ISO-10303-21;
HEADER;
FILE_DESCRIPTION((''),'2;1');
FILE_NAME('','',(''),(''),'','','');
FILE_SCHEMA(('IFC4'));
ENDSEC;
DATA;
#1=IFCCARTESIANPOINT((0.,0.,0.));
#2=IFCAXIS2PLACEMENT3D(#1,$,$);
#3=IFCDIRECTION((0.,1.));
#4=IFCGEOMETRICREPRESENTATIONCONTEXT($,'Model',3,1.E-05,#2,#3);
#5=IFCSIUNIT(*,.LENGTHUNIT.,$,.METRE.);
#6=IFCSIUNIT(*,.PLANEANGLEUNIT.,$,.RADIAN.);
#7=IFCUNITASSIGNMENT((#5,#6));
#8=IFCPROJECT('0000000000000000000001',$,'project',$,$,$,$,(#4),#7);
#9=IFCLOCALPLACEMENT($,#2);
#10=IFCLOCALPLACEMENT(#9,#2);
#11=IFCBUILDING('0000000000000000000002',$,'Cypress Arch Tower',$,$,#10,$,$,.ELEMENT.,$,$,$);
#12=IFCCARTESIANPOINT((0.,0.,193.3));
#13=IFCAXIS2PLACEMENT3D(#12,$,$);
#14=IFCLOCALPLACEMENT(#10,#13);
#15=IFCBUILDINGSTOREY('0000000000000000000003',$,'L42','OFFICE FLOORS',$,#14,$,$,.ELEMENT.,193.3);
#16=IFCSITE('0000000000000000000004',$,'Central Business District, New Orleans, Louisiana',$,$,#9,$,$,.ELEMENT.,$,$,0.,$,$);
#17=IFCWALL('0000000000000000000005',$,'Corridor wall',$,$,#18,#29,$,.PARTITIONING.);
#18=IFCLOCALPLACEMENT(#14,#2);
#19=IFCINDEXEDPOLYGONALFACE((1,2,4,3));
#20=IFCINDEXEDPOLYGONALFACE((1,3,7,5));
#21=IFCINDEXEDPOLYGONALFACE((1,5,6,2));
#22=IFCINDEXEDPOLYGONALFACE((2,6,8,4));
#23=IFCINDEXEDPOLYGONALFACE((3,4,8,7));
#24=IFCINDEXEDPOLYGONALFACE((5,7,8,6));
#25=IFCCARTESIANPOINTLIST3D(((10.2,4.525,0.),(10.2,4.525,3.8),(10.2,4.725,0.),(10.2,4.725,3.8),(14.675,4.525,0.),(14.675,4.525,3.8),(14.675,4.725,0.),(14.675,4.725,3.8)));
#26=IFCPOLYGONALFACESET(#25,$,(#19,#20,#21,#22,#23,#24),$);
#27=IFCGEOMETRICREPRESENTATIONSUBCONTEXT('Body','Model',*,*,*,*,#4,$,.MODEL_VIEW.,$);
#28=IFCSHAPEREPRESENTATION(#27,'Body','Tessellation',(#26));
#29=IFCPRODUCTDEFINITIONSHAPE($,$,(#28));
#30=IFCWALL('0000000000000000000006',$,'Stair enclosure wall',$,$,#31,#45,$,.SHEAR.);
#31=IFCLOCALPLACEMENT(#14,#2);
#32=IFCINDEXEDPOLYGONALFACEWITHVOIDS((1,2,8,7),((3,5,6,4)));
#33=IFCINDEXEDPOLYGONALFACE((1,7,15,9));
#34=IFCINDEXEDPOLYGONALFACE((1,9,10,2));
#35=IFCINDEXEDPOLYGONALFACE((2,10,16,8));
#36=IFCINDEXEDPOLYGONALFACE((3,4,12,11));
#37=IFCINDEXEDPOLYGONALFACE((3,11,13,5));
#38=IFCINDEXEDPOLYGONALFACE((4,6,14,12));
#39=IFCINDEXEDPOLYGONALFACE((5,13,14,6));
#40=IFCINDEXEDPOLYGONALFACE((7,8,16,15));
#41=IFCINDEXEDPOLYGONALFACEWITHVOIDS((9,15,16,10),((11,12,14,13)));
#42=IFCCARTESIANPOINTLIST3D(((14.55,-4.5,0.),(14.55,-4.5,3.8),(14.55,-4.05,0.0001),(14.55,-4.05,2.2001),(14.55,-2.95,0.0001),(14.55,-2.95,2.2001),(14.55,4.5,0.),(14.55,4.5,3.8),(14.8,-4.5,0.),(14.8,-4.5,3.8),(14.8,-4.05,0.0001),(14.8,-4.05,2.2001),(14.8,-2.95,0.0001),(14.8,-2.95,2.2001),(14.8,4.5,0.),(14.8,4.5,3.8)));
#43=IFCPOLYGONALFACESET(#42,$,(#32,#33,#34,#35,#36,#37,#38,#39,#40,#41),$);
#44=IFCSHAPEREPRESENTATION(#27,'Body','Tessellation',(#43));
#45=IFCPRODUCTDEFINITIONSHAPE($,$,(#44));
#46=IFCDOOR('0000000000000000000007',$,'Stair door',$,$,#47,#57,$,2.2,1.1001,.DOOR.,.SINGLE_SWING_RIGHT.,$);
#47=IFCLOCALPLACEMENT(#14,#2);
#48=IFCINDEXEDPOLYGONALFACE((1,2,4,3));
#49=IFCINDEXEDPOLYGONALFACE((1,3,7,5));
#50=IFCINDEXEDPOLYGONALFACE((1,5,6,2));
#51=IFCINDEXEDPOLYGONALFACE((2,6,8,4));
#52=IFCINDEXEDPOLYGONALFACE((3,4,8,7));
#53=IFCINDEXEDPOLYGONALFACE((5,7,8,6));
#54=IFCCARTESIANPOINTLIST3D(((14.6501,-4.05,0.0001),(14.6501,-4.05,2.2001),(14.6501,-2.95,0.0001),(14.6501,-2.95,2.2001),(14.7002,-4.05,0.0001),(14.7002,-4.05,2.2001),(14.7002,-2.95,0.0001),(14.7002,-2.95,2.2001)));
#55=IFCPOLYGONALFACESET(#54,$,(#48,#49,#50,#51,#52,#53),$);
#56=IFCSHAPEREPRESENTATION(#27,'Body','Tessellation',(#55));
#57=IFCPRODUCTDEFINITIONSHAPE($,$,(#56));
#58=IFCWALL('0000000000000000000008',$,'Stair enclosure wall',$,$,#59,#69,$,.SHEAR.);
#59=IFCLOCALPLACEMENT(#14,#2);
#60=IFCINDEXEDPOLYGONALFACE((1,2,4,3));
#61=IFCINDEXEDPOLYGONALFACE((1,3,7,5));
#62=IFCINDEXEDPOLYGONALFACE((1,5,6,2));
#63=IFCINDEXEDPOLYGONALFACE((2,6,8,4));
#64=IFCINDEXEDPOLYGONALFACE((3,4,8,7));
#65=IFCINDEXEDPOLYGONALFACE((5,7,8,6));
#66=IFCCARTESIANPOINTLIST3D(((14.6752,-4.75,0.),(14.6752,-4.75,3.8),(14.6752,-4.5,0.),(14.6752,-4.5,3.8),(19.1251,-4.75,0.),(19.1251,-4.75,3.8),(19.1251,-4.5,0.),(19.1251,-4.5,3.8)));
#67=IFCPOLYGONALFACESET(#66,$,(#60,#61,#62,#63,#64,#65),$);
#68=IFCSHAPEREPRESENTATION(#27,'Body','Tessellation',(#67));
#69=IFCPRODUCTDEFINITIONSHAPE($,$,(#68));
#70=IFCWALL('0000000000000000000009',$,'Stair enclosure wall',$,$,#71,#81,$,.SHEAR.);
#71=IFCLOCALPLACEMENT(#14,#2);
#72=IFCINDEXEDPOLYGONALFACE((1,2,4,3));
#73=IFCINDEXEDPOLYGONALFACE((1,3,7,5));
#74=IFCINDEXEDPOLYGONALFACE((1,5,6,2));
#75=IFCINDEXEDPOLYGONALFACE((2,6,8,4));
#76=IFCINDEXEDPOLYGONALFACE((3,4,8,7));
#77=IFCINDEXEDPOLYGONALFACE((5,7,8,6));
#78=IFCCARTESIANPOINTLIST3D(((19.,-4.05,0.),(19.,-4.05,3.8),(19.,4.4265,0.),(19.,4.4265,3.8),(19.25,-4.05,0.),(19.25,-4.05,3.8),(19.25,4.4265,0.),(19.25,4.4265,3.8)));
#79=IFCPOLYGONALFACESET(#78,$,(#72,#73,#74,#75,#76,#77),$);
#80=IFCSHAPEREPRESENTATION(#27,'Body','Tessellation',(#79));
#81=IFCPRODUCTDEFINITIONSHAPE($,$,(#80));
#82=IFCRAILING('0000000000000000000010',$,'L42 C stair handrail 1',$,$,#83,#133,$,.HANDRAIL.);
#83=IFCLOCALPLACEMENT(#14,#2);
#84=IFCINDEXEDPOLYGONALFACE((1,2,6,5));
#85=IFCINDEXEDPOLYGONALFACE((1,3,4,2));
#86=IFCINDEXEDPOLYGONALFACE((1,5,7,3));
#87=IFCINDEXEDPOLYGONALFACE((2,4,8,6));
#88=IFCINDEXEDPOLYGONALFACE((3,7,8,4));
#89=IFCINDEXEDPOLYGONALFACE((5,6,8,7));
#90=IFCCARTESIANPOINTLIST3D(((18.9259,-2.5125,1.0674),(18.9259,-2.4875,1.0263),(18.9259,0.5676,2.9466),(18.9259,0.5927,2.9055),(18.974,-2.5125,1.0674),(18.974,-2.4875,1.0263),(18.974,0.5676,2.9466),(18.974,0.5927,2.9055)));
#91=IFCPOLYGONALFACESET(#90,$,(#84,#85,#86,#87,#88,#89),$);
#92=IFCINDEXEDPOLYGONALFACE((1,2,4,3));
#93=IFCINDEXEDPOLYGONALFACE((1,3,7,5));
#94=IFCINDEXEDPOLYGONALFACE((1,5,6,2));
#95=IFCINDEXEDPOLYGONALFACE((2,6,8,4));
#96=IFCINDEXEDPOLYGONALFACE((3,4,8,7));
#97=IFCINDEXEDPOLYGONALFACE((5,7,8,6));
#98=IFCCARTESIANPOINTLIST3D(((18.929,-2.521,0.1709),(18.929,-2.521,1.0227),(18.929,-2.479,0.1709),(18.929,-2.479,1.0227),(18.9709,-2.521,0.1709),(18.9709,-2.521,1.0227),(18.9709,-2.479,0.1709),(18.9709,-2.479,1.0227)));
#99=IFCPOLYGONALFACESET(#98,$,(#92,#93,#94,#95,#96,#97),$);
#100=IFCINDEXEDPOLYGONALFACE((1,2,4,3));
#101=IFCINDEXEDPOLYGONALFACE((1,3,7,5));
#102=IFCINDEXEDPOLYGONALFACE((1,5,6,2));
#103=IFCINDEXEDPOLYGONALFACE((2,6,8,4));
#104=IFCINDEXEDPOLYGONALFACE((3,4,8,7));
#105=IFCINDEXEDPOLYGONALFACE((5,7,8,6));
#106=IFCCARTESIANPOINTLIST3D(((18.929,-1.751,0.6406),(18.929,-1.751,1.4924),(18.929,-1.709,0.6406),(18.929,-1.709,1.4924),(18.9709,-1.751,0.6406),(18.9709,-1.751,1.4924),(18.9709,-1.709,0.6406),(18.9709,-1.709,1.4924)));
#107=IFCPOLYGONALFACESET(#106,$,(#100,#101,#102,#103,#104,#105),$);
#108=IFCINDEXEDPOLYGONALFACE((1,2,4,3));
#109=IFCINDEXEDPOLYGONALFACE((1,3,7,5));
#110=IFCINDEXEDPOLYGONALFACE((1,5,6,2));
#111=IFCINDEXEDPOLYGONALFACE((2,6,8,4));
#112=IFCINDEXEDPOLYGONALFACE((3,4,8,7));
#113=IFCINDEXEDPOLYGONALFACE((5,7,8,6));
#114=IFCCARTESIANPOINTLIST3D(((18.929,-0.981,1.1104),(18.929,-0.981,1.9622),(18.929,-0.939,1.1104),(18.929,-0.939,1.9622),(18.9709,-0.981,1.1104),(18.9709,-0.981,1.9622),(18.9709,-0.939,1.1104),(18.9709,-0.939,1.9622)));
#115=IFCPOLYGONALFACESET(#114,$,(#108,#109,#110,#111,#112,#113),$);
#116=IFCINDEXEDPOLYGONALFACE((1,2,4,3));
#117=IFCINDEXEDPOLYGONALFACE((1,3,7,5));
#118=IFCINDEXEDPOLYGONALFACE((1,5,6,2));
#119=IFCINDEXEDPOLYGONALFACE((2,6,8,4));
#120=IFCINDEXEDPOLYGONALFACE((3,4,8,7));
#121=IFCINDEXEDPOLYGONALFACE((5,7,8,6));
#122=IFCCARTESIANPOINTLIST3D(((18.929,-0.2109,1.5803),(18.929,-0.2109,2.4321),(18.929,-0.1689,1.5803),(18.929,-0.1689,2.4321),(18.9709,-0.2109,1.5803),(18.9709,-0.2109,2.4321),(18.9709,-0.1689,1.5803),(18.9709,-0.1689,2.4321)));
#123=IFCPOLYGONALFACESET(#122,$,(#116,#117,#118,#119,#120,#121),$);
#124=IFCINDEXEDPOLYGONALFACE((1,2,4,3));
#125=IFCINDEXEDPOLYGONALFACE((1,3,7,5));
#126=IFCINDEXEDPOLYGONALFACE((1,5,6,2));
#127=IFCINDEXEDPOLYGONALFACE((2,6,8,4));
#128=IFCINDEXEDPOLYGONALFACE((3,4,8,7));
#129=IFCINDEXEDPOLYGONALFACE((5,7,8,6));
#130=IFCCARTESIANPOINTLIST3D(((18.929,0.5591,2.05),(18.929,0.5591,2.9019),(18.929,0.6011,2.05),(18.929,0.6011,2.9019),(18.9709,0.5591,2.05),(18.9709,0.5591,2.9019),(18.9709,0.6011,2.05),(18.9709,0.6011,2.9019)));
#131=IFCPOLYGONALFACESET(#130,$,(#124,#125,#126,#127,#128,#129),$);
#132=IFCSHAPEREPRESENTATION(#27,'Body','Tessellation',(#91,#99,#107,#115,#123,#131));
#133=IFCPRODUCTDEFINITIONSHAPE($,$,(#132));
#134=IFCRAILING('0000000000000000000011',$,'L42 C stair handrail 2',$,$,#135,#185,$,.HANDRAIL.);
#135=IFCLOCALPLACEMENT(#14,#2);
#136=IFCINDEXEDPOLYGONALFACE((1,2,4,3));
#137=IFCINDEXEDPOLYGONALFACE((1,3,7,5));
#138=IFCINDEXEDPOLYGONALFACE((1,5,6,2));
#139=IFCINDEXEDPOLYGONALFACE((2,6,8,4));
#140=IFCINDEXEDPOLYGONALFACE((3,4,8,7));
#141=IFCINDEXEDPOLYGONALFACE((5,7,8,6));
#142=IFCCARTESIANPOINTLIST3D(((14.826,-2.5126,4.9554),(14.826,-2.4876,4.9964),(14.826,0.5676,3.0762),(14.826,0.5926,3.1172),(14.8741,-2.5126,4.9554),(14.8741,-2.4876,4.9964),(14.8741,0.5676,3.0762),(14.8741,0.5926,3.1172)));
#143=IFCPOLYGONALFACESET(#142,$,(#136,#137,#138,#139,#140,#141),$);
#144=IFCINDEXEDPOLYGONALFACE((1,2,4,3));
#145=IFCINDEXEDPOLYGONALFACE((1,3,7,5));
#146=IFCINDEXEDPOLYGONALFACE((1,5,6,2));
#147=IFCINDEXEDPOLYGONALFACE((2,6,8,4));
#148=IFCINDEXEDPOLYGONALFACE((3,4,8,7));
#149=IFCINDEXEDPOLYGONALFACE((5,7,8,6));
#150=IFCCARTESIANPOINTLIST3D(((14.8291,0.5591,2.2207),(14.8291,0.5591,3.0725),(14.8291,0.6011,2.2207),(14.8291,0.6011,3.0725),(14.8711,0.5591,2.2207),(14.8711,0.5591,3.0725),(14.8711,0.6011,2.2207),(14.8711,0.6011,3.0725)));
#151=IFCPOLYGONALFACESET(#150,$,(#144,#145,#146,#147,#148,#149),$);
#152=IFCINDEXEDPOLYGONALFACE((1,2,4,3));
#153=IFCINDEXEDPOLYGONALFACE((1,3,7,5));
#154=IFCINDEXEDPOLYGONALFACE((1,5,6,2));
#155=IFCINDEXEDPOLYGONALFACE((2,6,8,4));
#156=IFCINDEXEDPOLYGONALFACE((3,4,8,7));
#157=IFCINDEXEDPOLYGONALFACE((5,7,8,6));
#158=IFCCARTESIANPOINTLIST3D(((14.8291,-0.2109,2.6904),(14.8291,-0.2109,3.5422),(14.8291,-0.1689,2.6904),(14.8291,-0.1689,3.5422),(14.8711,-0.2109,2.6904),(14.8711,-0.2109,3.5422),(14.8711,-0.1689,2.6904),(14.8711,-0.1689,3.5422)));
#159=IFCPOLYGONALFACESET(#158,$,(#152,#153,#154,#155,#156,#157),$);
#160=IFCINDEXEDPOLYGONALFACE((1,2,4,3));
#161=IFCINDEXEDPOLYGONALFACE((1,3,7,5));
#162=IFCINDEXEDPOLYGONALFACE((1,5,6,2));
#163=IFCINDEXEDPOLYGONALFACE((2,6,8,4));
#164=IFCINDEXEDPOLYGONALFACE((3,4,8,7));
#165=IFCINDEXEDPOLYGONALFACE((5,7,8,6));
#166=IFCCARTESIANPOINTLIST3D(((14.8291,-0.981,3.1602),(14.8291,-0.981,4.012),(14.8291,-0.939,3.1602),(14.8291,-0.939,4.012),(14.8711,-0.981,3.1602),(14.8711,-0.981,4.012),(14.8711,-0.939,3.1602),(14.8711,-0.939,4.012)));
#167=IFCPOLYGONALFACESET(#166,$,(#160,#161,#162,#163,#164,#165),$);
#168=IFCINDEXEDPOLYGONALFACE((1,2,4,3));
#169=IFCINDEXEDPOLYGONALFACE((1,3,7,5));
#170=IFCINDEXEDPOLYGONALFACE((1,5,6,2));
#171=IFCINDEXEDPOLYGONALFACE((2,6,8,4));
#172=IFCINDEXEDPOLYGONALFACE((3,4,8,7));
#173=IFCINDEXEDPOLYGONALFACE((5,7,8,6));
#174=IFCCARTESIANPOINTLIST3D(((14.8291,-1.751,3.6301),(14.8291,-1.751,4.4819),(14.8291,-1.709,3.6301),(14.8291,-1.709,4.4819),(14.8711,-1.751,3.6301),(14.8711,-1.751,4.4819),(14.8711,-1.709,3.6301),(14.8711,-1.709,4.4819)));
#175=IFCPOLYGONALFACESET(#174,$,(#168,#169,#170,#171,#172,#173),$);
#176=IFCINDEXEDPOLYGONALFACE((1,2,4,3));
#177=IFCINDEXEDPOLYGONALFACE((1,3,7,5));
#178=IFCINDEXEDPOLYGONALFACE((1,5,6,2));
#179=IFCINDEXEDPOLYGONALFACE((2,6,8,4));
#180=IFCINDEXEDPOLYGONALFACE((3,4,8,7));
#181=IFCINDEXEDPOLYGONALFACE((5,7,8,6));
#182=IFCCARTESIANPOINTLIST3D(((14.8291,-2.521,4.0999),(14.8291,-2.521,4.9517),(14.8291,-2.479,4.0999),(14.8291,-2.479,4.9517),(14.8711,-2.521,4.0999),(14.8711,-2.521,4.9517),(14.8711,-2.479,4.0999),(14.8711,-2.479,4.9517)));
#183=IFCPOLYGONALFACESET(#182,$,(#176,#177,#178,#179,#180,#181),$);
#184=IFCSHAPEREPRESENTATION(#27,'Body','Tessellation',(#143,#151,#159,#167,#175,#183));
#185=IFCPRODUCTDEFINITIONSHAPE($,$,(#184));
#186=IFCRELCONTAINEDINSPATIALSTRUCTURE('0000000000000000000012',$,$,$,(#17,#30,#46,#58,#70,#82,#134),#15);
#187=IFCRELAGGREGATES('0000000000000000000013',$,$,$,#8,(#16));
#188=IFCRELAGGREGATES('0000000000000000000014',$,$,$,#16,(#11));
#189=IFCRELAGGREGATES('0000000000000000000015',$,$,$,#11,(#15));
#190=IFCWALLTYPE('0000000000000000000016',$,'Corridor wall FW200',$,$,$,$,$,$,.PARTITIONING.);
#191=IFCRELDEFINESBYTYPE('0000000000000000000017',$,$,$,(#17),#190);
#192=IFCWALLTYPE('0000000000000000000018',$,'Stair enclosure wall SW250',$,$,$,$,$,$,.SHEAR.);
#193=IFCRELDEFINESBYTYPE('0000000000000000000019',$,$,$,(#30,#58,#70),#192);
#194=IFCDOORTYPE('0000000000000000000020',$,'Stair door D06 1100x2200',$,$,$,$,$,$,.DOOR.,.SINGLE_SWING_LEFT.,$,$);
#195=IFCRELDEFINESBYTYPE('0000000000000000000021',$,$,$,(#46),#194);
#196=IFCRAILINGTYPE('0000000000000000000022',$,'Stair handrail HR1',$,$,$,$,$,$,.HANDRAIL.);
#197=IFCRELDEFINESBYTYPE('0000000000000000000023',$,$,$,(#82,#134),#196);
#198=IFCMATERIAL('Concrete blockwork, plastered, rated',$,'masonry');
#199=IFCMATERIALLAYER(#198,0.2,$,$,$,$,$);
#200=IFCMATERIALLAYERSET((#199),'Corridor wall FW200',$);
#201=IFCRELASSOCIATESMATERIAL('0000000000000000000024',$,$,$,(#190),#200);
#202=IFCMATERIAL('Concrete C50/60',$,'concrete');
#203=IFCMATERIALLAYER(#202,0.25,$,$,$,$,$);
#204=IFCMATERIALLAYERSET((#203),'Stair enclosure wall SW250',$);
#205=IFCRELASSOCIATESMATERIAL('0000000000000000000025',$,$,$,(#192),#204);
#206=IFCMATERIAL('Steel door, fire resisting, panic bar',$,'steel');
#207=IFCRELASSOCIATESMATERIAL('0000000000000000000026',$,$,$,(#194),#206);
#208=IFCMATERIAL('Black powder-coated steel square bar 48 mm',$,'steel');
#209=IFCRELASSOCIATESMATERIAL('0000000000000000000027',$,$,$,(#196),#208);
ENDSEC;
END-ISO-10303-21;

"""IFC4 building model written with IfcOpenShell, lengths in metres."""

from ifc_helpers import new_model, si_unit, direction, frame, frame_2d, origin, origin_2d, place, context, subcontext, project, spatial, rectangle, extrude, material, layer, layer_set, type_object, element, fill, save


model = new_model("IFC4")

# Units and contexts
model_context = context("Model", 3, precision=1e-05, world=origin(), true_north=direction((0.0, 1.0)))
body_context = subcontext(model_context, "Body", "Model", "MODEL_VIEW")
ifc_project = project(units=[si_unit("LENGTHUNIT", "METRE"), si_unit("PLANEANGLEUNIT", "RADIAN")], contexts=[model_context])

# Site, building, storey
site_placement = place(None, origin())
site = spatial("IfcSite", under=ifc_project, at=site_placement, Name="Central Business District, New Orleans, Louisiana", CompositionType="ELEMENT", RefElevation=0.0)
building_placement = place(site_placement, origin())
building = spatial("IfcBuilding", under=site, at=building_placement, Name="Cypress Arch Tower", CompositionType="ELEMENT")
storey_placement = place(building_placement, frame((0.0, 0.0, 193.3)))
storey = spatial("IfcBuildingStorey", under=building, at=storey_placement, Name="L42", Description="OFFICE FLOORS", CompositionType="ELEMENT", Elevation=193.3)

# Wall
ifc_material_1 = material(Name="Concrete blockwork, plastered, rated", Category="masonry")
ifc_layer_1 = layer(ifc_material_1, 0.2)
ifc_layer_set_1 = layer_set([ifc_layer_1], Name="Corridor wall FW200")
wall_type_1 = type_object("IfcWallType", Name="Corridor wall FW200", PredefinedType="PARTITIONING", material=ifc_layer_set_1)
for number, where, z_axis, x_axis, name in (
    (1, (10.2, 4.625, 0.0), (0.0, 0.0, 1.0), (1.0, 0.0, 0.0), "Corridor wall"),
):
    element("IfcWall", number, at=place(storey_placement, frame(where, z_axis=z_axis, x_axis=x_axis)), inside=storey, type_object=wall_type_1, Name=name, PredefinedType="PARTITIONING", context=body_context, shape_type="SweptSolid", body=[
        extrude(rectangle(XDim=4.4751, YDim=0.2, at=frame_2d((2.2375, 0.0))), origin(), (0.0, 0.0, 1.0), 3.8),
    ])

# Wall, opening, door
ifc_material_2 = material(Name="Concrete C50/60", Category="concrete")
ifc_layer_2 = layer(ifc_material_2, 0.25)
ifc_layer_set_2 = layer_set([ifc_layer_2], Name="Stair enclosure wall SW250")
wall_type_2 = type_object("IfcWallType", Name="Stair enclosure wall SW250", PredefinedType="SHEAR", material=ifc_layer_set_2)
wall_1_placement = place(storey_placement, frame((14.675, -4.5, 0.0), z_axis=(0.0, 0.0, 1.0), x_axis=(0.0, 1.0, 0.0)))
wall_1 = element("IfcWall", 2, at=wall_1_placement, inside=storey, type_object=wall_type_2, Name="Stair enclosure wall", PredefinedType="SHEAR", context=body_context, shape_type="SweptSolid", body=[
    extrude(rectangle(XDim=9.0, YDim=0.25, at=frame_2d((4.5, 0.0))), origin(), (0.0, 0.0, 1.0), 3.8),
])
opening_1_placement = place(wall_1_placement, frame((0.45, 0.0, 0.0)))
opening_1 = element("IfcOpeningElement", 3, at=opening_1_placement, cuts=wall_1, PredefinedType="OPENING", context=body_context, shape_type="SweptSolid", body=[
    extrude(rectangle(XDim=1.1001, YDim=2.2, at=frame_2d((0.55, 1.1001))), frame((0.0, 0.135, 0.0), z_axis=(0.0, -1.0, 0.0), x_axis=(1.0, 0.0, 0.0)), (0.0, 0.0, 1.0), 0.27),
])
ifc_material_3 = material(Name="Steel door, fire resisting, panic bar", Category="steel")
door_type = type_object("IfcDoorType", Name="Stair door D06 1100x2200", OperationType="SINGLE_SWING_LEFT", PredefinedType="DOOR", material=ifc_material_3)
door_placement = place(opening_1_placement, origin())
door = element("IfcDoor", 4, at=door_placement, inside=storey, type_object=door_type, Name="Stair door", OperationType="SINGLE_SWING_RIGHT", OverallHeight=2.2, OverallWidth=1.1001, PredefinedType="DOOR", context=body_context, shape_type="SweptSolid", body=[
    extrude(rectangle(XDim=1.1001, YDim=2.2, at=frame_2d((0.55, 1.1001))), frame((0.0, 0.0249, 0.0), z_axis=(0.0, -1.0, 0.0), x_axis=(1.0, 0.0, 0.0)), (0.0, 0.0, 1.0), 0.05),
])
fill(opening_1, door)

# Walls
wall_2_placement = place(storey_placement, frame((14.675, -4.625, 0.0), z_axis=(0.0, 0.0, 1.0), x_axis=(1.0, 0.0, 0.0)))
element("IfcWall", 5, at=wall_2_placement, inside=storey, type_object=wall_type_2, Name="Stair enclosure wall", PredefinedType="SHEAR", context=body_context, shape_type="SweptSolid", body=[
    extrude(rectangle(XDim=4.45, YDim=0.25, at=frame_2d((2.2251, 0.0))), origin(), (0.0, 0.0, 1.0), 3.8),
])
wall_3_placement = place(storey_placement, frame((19.125, -4.05, 0.0), z_axis=(0.0, 0.0, 1.0), x_axis=(0.0, 1.0, 0.0)))
element("IfcWall", 6, at=wall_3_placement, inside=storey, type_object=wall_type_2, Name="Stair enclosure wall", PredefinedType="SHEAR", context=body_context, shape_type="SweptSolid", body=[
    extrude(rectangle(XDim=8.4766, YDim=0.25, at=frame_2d((4.2383, 0.0))), origin(), (0.0, 0.0, 1.0), 3.8),
])

# Railings
ifc_material_4 = material(Name="Black powder-coated steel square bar 48 mm", Category="steel")
railing_type_1 = type_object("IfcRailingType", Name="Stair handrail HR1", PredefinedType="HANDRAIL", material=ifc_material_4)
railing_1_placement = place(storey_placement, frame((18.95, -2.5, 0.1709)))
element("IfcRailing", 7, at=railing_1_placement, inside=storey, type_object=railing_type_1, Name="L42 C stair handrail 1", PredefinedType="HANDRAIL", context=body_context, shape_type="SweptSolid", body=[
    extrude(rectangle(XDim=0.0481, YDim=0.0481, at=origin_2d()), frame((0.0, 0.0, 0.876), z_axis=(0.0, 0.853666, 0.52082), x_axis=(-1.0, 0.0, 0.0)), (0.0, 0.0, 1.0), 3.6082),
    extrude(rectangle(XDim=0.042, YDim=0.042, at=origin_2d()), origin(), (0.0, 0.0, 1.0), 0.8518),
    extrude(rectangle(XDim=0.042, YDim=0.042, at=origin_2d()), frame((0.0, 0.77, 0.4697)), (0.0, 0.0, 1.0), 0.8518),
    extrude(rectangle(XDim=0.042, YDim=0.042, at=origin_2d()), frame((0.0, 1.54, 0.9395)), (0.0, 0.0, 1.0), 0.8518),
    extrude(rectangle(XDim=0.042, YDim=0.042, at=origin_2d()), frame((0.0, 2.3101, 1.4094)), (0.0, 0.0, 1.0), 0.8518),
    extrude(rectangle(XDim=0.042, YDim=0.042, at=origin_2d()), frame((0.0, 3.0801, 1.8792)), (0.0, 0.0, 1.0), 0.8518),
])
railing_2_placement = place(storey_placement, frame((14.8501, 0.5801, 2.2207)))
element("IfcRailing", 8, at=railing_2_placement, inside=storey, type_object=railing_type_1, Name="L42 C stair handrail 2", PredefinedType="HANDRAIL", context=body_context, shape_type="SweptSolid", body=[
    extrude(rectangle(XDim=0.0481, YDim=0.0481, at=origin_2d()), frame((0.0, 0.0, 0.876), z_axis=(0.0, -0.853666, 0.52082), x_axis=(1.0, 0.0, 0.0)), (0.0, 0.0, 1.0), 3.6082),
    extrude(rectangle(XDim=0.042, YDim=0.042, at=origin_2d()), origin(), (0.0, 0.0, 1.0), 0.8518),
    extrude(rectangle(XDim=0.042, YDim=0.042, at=origin_2d()), frame((0.0, -0.77, 0.4697)), (0.0, 0.0, 1.0), 0.8518),
    extrude(rectangle(XDim=0.042, YDim=0.042, at=origin_2d()), frame((0.0, -1.54, 0.9395)), (0.0, 0.0, 1.0), 0.8518),
    extrude(rectangle(XDim=0.042, YDim=0.042, at=origin_2d()), frame((0.0, -2.3101, 1.4094)), (0.0, 0.0, 1.0), 0.8518),
    extrude(rectangle(XDim=0.042, YDim=0.042, at=origin_2d()), frame((0.0, -3.0801, 1.8792)), (0.0, 0.0, 1.0), 0.8518),
])

save(model, "model.ifc")
